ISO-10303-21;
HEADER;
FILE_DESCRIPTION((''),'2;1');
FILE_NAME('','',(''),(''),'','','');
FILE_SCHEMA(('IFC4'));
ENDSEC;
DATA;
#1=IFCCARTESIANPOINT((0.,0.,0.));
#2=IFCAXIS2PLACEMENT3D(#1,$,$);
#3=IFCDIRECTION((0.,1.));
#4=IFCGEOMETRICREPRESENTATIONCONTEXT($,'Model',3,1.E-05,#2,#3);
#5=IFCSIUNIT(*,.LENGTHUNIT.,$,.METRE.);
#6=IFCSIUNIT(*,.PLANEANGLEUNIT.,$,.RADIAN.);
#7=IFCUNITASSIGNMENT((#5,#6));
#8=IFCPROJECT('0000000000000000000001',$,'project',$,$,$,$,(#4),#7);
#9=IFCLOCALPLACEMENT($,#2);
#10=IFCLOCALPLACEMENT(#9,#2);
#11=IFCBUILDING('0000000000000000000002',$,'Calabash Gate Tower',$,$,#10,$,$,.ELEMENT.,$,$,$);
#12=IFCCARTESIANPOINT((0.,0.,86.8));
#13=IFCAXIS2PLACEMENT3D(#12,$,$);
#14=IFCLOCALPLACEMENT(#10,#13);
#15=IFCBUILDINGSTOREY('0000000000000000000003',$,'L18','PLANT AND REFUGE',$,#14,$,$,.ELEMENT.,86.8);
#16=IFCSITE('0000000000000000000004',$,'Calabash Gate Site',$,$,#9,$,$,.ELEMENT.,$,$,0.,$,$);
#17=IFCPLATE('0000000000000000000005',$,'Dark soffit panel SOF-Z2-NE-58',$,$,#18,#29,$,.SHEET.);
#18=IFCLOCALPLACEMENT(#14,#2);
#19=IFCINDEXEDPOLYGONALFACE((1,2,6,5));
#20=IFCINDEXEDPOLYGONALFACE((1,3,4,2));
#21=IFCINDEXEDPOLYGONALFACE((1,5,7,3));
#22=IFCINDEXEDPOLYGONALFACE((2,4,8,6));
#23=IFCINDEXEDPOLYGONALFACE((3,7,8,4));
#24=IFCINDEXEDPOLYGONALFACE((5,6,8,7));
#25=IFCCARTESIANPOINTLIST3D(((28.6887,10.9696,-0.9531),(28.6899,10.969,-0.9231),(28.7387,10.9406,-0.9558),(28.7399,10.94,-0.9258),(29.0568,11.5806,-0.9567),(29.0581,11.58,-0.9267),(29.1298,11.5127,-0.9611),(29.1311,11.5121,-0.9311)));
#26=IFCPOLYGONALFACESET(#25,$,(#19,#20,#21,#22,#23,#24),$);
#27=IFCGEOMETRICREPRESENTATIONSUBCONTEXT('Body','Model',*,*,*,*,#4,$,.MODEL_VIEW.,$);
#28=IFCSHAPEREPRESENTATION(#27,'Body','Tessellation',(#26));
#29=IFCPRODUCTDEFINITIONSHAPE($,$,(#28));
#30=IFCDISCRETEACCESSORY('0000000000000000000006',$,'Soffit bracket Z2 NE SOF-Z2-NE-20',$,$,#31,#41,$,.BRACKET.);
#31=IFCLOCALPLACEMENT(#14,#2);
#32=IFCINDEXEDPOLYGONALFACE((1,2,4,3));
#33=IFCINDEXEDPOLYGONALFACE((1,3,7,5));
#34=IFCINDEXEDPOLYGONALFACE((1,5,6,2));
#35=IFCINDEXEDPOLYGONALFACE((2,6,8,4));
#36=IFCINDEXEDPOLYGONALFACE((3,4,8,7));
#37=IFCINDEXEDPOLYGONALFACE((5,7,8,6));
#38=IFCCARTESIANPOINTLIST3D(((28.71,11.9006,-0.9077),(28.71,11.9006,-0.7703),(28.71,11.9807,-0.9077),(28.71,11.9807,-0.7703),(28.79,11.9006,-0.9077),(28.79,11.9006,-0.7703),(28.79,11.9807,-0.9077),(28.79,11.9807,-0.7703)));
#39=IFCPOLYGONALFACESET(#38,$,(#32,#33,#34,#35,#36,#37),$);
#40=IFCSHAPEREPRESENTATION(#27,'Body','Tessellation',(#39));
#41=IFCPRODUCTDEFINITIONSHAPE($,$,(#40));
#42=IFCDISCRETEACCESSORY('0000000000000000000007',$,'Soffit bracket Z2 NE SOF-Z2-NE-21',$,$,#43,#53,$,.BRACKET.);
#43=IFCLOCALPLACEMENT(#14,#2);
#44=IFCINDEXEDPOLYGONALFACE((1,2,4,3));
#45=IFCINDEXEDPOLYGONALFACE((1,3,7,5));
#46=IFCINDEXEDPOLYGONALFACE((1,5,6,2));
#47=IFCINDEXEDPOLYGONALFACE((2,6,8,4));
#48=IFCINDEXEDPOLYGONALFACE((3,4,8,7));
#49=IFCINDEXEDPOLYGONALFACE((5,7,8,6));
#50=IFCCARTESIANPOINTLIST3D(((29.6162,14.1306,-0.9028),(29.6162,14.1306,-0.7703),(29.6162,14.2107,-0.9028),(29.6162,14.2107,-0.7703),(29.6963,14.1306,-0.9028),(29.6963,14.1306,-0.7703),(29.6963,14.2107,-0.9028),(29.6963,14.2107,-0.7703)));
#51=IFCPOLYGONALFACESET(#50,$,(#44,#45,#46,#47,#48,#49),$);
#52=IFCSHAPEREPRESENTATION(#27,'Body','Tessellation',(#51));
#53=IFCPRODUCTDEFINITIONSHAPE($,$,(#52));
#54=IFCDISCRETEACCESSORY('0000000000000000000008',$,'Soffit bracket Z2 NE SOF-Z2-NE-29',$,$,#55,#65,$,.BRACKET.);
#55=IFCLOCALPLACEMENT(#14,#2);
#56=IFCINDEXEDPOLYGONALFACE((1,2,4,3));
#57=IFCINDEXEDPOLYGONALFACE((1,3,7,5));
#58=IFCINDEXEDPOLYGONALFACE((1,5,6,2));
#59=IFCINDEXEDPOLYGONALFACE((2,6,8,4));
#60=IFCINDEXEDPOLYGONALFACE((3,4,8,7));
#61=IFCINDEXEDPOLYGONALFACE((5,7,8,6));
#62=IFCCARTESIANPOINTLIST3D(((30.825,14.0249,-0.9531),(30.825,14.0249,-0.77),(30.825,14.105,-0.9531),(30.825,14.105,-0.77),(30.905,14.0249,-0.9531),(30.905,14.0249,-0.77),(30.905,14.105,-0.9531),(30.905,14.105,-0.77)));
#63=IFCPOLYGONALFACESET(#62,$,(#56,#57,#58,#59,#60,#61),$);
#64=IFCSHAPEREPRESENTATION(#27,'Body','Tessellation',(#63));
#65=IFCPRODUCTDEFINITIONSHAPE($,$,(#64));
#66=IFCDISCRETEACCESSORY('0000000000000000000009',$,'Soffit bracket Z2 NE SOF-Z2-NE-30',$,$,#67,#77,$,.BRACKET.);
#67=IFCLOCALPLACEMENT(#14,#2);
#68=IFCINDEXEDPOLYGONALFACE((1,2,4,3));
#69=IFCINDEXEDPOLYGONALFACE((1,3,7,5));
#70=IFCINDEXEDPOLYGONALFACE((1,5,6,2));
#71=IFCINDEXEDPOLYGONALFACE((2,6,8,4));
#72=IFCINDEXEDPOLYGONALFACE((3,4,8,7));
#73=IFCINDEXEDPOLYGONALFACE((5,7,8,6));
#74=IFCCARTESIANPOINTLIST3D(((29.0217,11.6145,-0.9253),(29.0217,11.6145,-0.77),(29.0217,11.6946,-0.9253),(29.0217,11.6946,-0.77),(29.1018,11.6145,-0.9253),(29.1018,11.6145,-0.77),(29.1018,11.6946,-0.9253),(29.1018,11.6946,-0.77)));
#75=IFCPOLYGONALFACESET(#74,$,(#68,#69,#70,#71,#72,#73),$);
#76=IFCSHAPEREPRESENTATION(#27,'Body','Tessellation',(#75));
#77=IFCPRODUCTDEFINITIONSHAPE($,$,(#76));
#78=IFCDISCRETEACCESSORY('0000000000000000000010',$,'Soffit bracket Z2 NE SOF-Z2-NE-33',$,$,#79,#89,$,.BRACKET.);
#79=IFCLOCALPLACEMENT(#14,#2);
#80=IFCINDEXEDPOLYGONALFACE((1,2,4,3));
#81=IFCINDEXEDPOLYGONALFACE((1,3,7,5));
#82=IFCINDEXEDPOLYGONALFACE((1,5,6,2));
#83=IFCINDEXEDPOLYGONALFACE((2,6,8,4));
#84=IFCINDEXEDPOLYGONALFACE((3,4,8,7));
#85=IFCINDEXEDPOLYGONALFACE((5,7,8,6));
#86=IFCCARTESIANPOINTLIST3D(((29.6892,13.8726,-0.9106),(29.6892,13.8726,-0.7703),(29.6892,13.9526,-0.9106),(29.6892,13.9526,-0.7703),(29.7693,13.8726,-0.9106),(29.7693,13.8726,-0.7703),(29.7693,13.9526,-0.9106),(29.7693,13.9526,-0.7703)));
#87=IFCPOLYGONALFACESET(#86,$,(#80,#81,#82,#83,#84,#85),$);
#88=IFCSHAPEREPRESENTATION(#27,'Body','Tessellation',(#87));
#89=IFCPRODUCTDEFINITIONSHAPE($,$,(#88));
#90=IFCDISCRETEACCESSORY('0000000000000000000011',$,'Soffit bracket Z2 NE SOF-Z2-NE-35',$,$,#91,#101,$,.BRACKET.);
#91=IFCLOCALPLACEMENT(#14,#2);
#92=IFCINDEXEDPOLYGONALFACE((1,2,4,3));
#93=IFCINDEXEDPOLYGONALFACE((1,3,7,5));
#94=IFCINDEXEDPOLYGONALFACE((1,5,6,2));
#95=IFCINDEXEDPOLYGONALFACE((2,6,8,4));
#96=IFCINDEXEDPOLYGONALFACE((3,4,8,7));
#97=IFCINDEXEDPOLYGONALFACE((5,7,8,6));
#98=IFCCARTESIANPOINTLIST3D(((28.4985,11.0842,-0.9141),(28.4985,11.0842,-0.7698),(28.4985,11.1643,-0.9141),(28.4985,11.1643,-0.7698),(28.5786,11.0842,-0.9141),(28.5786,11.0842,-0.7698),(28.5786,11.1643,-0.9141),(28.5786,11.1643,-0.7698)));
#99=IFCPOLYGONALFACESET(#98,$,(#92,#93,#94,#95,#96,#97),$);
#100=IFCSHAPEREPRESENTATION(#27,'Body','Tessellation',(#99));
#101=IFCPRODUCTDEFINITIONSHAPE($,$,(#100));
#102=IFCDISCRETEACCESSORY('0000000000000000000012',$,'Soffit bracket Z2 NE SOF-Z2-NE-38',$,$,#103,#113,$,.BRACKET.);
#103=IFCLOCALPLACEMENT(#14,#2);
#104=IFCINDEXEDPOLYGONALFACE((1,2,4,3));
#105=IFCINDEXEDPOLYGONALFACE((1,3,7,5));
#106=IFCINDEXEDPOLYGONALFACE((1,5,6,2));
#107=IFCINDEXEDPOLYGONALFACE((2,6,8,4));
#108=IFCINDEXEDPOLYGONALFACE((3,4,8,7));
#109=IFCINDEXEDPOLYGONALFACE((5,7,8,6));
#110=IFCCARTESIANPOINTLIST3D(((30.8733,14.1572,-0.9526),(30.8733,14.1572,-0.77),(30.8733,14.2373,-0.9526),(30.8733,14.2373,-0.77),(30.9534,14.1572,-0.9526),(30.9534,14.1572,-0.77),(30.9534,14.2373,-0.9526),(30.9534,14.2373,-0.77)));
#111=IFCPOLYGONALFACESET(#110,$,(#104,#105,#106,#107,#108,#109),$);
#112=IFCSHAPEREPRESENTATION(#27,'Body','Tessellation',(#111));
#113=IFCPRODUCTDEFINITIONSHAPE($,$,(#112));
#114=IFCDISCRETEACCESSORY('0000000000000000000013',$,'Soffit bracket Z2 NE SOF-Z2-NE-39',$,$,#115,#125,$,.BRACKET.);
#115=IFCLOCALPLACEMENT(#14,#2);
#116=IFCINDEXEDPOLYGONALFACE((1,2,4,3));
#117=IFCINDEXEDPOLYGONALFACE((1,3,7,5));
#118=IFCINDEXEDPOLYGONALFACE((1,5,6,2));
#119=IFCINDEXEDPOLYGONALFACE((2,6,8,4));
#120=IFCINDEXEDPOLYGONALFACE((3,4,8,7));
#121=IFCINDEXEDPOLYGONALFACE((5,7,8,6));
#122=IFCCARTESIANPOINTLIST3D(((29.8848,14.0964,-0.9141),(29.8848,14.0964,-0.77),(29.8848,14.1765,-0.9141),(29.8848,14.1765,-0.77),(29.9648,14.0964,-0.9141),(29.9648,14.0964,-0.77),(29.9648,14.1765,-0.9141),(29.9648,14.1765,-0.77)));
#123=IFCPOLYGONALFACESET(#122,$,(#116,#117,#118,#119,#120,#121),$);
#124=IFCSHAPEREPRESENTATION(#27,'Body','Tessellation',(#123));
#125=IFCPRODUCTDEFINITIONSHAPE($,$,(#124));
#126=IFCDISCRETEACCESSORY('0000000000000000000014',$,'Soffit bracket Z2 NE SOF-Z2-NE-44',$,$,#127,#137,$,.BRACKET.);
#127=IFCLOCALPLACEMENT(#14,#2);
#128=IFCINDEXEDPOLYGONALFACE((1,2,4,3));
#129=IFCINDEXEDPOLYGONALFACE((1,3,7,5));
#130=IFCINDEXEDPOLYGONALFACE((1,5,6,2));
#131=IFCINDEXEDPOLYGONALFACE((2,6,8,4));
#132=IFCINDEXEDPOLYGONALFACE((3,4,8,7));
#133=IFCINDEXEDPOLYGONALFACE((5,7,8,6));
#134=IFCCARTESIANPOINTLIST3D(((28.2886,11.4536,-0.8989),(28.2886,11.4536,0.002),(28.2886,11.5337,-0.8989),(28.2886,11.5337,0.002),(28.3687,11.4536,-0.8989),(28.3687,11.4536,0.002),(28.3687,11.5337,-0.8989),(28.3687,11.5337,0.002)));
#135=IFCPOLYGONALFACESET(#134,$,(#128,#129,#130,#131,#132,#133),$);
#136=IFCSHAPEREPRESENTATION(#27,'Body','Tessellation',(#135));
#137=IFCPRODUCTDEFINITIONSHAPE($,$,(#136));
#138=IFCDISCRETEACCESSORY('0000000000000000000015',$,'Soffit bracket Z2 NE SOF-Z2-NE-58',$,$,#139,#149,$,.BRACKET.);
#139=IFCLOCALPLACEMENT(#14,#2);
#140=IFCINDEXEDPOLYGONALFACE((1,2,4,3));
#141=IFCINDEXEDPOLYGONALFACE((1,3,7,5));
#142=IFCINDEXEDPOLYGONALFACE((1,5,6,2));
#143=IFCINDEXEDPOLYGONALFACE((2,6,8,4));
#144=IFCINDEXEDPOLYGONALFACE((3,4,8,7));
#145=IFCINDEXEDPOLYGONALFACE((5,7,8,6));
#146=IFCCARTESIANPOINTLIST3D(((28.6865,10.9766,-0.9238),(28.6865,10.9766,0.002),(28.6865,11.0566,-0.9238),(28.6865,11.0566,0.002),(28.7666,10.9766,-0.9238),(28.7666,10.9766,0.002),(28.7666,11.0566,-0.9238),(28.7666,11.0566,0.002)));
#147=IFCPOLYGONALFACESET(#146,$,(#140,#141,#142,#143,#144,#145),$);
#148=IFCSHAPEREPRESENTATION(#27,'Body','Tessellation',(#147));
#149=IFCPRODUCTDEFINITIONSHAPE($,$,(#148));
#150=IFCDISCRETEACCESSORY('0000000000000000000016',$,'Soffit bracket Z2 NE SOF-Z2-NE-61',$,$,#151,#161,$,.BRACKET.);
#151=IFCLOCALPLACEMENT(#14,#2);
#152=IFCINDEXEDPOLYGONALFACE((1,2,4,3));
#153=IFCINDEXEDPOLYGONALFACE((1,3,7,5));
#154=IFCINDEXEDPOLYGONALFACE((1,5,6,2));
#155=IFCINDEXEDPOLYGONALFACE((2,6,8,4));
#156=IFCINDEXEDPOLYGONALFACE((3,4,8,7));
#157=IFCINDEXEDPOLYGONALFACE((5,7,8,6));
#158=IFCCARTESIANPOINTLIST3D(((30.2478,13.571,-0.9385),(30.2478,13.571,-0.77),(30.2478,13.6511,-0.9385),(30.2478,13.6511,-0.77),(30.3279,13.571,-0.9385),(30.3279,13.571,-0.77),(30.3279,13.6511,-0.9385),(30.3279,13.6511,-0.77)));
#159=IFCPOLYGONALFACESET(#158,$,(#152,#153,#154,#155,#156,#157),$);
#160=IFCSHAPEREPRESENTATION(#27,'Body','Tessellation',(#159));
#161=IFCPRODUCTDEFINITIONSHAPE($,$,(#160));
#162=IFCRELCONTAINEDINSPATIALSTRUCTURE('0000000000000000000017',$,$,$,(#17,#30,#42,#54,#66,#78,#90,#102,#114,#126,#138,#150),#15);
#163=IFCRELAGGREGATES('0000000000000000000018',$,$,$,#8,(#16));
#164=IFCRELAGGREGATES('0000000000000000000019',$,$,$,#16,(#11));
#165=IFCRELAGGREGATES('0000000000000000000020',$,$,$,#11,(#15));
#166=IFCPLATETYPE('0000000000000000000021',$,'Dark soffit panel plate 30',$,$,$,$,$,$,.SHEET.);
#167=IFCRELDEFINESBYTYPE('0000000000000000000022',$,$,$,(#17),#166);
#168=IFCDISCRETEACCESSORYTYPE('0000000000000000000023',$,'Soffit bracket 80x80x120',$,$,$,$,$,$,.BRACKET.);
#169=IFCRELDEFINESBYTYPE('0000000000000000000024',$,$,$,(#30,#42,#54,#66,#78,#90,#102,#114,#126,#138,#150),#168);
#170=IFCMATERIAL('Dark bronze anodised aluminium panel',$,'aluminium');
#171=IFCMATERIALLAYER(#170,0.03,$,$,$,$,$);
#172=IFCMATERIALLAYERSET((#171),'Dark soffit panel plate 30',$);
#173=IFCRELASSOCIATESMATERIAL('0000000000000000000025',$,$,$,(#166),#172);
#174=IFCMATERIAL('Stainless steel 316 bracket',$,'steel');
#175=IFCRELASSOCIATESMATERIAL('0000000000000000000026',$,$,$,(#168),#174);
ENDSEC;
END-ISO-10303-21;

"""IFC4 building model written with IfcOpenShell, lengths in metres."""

from ifc_helpers import new_model, si_unit, direction, frame, origin, origin_2d, place, context, subcontext, project, spatial, polyline, rectangle, outline, extrude, material, layer, layer_set, type_object, element, save


model = new_model("IFC4")

# Units and contexts
model_context = context("Model", 3, precision=1e-05, world=origin(), true_north=direction((0.0, 1.0)))
body_context = subcontext(model_context, "Body", "Model", "MODEL_VIEW")
ifc_project = project(units=[si_unit("LENGTHUNIT", "METRE"), si_unit("PLANEANGLEUNIT", "RADIAN")], contexts=[model_context])

# Site, building, storey
site_placement = place(None, origin())
site = spatial("IfcSite", under=ifc_project, at=site_placement, Name="Calabash Gate Site", CompositionType="ELEMENT", RefElevation=0.0)
building_placement = place(site_placement, origin())
building = spatial("IfcBuilding", under=site, at=building_placement, Name="Calabash Gate Tower", CompositionType="ELEMENT")
storey_placement = place(building_placement, frame((0.0, 0.0, 86.8)))
storey = spatial("IfcBuildingStorey", under=building, at=storey_placement, Name="L18", Description="PLANT AND REFUGE", CompositionType="ELEMENT", Elevation=86.8)

# Plate
ifc_material_1 = material(Name="Dark bronze anodised aluminium panel", Category="aluminium")
ifc_layer_1 = layer(ifc_material_1, 0.03)
ifc_layer_set_1 = layer_set([ifc_layer_1], Name="Dark soffit panel plate 30")
plate_type_1 = type_object("IfcPlateType", Name="Dark soffit panel plate 30", PredefinedType="SHEET", material=ifc_layer_set_1)
plate_1_placement = place(storey_placement, frame((28.6899, 10.969, -0.9231), z_axis=(0.042143, -0.019419, 0.998923), x_axis=(0.516062, 0.856536, -0.005121)))
element("IfcPlate", 1, at=plate_1_placement, inside=storey, type_object=plate_type_1, Name="Dark soffit panel SOF-Z2-NE-58", PredefinedType="SHEET", context=body_context, shape_type="SweptSolid", body=[
    extrude(outline(polyline([(0.0, 0.0), (0.7134, 0.0), (0.6929, -0.0977), (0.001, -0.0579), (0.0, 0.0)])), origin(), (0.0, 0.0, -1.0), 0.03),
])

# Discrete accessories
ifc_material_2 = material(Name="Stainless steel 316 bracket", Category="steel")
discrete_accessory_type = type_object("IfcDiscreteAccessoryType", Name="Soffit bracket 80x80x120", PredefinedType="BRACKET", material=ifc_material_2)
discrete_accessory_1_placement = place(storey_placement, frame((28.75, 11.9407, -0.9077), z_axis=(0.0, 0.0, 1.0), x_axis=(1.0, 0.0, 0.0)))
element("IfcDiscreteAccessory", 2, at=discrete_accessory_1_placement, inside=storey, type_object=discrete_accessory_type, Name="Soffit bracket Z2 NE SOF-Z2-NE-20", PredefinedType="BRACKET", context=body_context, shape_type="SweptSolid", body=[
    extrude(rectangle(XDim=0.0801, YDim=0.0801, at=origin_2d()), origin(), (0.0, 0.0, 1.0), 0.1375),
])
discrete_accessory_2_placement = place(storey_placement, frame((29.6562, 14.1707, -0.9028), z_axis=(0.0, 0.0, 1.0), x_axis=(1.0, 0.0, 0.0)))
element("IfcDiscreteAccessory", 3, at=discrete_accessory_2_placement, inside=storey, type_object=discrete_accessory_type, Name="Soffit bracket Z2 NE SOF-Z2-NE-21", PredefinedType="BRACKET", context=body_context, shape_type="SweptSolid", body=[
    extrude(rectangle(XDim=0.0801, YDim=0.0801, at=origin_2d()), origin(), (0.0, 0.0, 1.0), 0.1326),
])
discrete_accessory_3_placement = place(storey_placement, frame((30.865, 14.0649, -0.9531), z_axis=(0.0, 0.0, 1.0), x_axis=(1.0, 0.0, 0.0)))
element("IfcDiscreteAccessory", 4, at=discrete_accessory_3_placement, inside=storey, type_object=discrete_accessory_type, Name="Soffit bracket Z2 NE SOF-Z2-NE-29", PredefinedType="BRACKET", context=body_context, shape_type="SweptSolid", body=[
    extrude(rectangle(XDim=0.0801, YDim=0.0801, at=origin_2d()), origin(), (0.0, 0.0, 1.0), 0.1831),
])
discrete_accessory_4_placement = place(storey_placement, frame((29.0618, 11.6545, -0.9253), z_axis=(0.0, 0.0, 1.0), x_axis=(1.0, 0.0, 0.0)))
element("IfcDiscreteAccessory", 5, at=discrete_accessory_4_placement, inside=storey, type_object=discrete_accessory_type, Name="Soffit bracket Z2 NE SOF-Z2-NE-30", PredefinedType="BRACKET", context=body_context, shape_type="SweptSolid", body=[
    extrude(rectangle(XDim=0.0801, YDim=0.0801, at=origin_2d()), origin(), (0.0, 0.0, 1.0), 0.1553),
])
discrete_accessory_5_placement = place(storey_placement, frame((29.7292, 13.9126, -0.9106), z_axis=(0.0, 0.0, 1.0), x_axis=(1.0, 0.0, 0.0)))
element("IfcDiscreteAccessory", 6, at=discrete_accessory_5_placement, inside=storey, type_object=discrete_accessory_type, Name="Soffit bracket Z2 NE SOF-Z2-NE-33", PredefinedType="BRACKET", context=body_context, shape_type="SweptSolid", body=[
    extrude(rectangle(XDim=0.0801, YDim=0.0801, at=origin_2d()), origin(), (0.0, 0.0, 1.0), 0.1404),
])
discrete_accessory_6_placement = place(storey_placement, frame((28.5386, 11.1243, -0.9141), z_axis=(0.0, 0.0, 1.0), x_axis=(1.0, 0.0, 0.0)))
element("IfcDiscreteAccessory", 7, at=discrete_accessory_6_placement, inside=storey, type_object=discrete_accessory_type, Name="Soffit bracket Z2 NE SOF-Z2-NE-35", PredefinedType="BRACKET", context=body_context, shape_type="SweptSolid", body=[
    extrude(rectangle(XDim=0.0801, YDim=0.0801, at=origin_2d()), origin(), (0.0, 0.0, 1.0), 0.1443),
])
discrete_accessory_7_placement = place(storey_placement, frame((30.9133, 14.1973, -0.9526), z_axis=(0.0, 0.0, 1.0), x_axis=(1.0, 0.0, 0.0)))
element("IfcDiscreteAccessory", 8, at=discrete_accessory_7_placement, inside=storey, type_object=discrete_accessory_type, Name="Soffit bracket Z2 NE SOF-Z2-NE-38", PredefinedType="BRACKET", context=body_context, shape_type="SweptSolid", body=[
    extrude(rectangle(XDim=0.0801, YDim=0.0801, at=origin_2d()), origin(), (0.0, 0.0, 1.0), 0.1826),
])
discrete_accessory_8_placement = place(storey_placement, frame((29.9248, 14.1365, -0.9141), z_axis=(0.0, 0.0, 1.0), x_axis=(1.0, 0.0, 0.0)))
element("IfcDiscreteAccessory", 9, at=discrete_accessory_8_placement, inside=storey, type_object=discrete_accessory_type, Name="Soffit bracket Z2 NE SOF-Z2-NE-39", PredefinedType="BRACKET", context=body_context, shape_type="SweptSolid", body=[
    extrude(rectangle(XDim=0.0801, YDim=0.0801, at=origin_2d()), origin(), (0.0, 0.0, 1.0), 0.144),
])
discrete_accessory_9_placement = place(storey_placement, frame((28.3286, 11.4937, -0.8989), z_axis=(0.0, 0.0, 1.0), x_axis=(1.0, 0.0, 0.0)))
element("IfcDiscreteAccessory", 10, at=discrete_accessory_9_placement, inside=storey, type_object=discrete_accessory_type, Name="Soffit bracket Z2 NE SOF-Z2-NE-44", PredefinedType="BRACKET", context=body_context, shape_type="SweptSolid", body=[
    extrude(rectangle(XDim=0.0801, YDim=0.0801, at=origin_2d()), origin(), (0.0, 0.0, 1.0), 0.9009),
])
discrete_accessory_10_placement = place(storey_placement, frame((28.7266, 11.0166, -0.9238), z_axis=(0.0, 0.0, 1.0), x_axis=(1.0, 0.0, 0.0)))
element("IfcDiscreteAccessory", 11, at=discrete_accessory_10_placement, inside=storey, type_object=discrete_accessory_type, Name="Soffit bracket Z2 NE SOF-Z2-NE-58", PredefinedType="BRACKET", context=body_context, shape_type="SweptSolid", body=[
    extrude(rectangle(XDim=0.0801, YDim=0.0801, at=origin_2d()), origin(), (0.0, 0.0, 1.0), 0.9258),
])
discrete_accessory_11_placement = place(storey_placement, frame((30.2878, 13.6111, -0.9385), z_axis=(0.0, 0.0, 1.0), x_axis=(1.0, 0.0, 0.0)))
element("IfcDiscreteAccessory", 12, at=discrete_accessory_11_placement, inside=storey, type_object=discrete_accessory_type, Name="Soffit bracket Z2 NE SOF-Z2-NE-61", PredefinedType="BRACKET", context=body_context, shape_type="SweptSolid", body=[
    extrude(rectangle(XDim=0.0801, YDim=0.0801, at=origin_2d()), origin(), (0.0, 0.0, 1.0), 0.1685),
])

save(model, "model.ifc")
